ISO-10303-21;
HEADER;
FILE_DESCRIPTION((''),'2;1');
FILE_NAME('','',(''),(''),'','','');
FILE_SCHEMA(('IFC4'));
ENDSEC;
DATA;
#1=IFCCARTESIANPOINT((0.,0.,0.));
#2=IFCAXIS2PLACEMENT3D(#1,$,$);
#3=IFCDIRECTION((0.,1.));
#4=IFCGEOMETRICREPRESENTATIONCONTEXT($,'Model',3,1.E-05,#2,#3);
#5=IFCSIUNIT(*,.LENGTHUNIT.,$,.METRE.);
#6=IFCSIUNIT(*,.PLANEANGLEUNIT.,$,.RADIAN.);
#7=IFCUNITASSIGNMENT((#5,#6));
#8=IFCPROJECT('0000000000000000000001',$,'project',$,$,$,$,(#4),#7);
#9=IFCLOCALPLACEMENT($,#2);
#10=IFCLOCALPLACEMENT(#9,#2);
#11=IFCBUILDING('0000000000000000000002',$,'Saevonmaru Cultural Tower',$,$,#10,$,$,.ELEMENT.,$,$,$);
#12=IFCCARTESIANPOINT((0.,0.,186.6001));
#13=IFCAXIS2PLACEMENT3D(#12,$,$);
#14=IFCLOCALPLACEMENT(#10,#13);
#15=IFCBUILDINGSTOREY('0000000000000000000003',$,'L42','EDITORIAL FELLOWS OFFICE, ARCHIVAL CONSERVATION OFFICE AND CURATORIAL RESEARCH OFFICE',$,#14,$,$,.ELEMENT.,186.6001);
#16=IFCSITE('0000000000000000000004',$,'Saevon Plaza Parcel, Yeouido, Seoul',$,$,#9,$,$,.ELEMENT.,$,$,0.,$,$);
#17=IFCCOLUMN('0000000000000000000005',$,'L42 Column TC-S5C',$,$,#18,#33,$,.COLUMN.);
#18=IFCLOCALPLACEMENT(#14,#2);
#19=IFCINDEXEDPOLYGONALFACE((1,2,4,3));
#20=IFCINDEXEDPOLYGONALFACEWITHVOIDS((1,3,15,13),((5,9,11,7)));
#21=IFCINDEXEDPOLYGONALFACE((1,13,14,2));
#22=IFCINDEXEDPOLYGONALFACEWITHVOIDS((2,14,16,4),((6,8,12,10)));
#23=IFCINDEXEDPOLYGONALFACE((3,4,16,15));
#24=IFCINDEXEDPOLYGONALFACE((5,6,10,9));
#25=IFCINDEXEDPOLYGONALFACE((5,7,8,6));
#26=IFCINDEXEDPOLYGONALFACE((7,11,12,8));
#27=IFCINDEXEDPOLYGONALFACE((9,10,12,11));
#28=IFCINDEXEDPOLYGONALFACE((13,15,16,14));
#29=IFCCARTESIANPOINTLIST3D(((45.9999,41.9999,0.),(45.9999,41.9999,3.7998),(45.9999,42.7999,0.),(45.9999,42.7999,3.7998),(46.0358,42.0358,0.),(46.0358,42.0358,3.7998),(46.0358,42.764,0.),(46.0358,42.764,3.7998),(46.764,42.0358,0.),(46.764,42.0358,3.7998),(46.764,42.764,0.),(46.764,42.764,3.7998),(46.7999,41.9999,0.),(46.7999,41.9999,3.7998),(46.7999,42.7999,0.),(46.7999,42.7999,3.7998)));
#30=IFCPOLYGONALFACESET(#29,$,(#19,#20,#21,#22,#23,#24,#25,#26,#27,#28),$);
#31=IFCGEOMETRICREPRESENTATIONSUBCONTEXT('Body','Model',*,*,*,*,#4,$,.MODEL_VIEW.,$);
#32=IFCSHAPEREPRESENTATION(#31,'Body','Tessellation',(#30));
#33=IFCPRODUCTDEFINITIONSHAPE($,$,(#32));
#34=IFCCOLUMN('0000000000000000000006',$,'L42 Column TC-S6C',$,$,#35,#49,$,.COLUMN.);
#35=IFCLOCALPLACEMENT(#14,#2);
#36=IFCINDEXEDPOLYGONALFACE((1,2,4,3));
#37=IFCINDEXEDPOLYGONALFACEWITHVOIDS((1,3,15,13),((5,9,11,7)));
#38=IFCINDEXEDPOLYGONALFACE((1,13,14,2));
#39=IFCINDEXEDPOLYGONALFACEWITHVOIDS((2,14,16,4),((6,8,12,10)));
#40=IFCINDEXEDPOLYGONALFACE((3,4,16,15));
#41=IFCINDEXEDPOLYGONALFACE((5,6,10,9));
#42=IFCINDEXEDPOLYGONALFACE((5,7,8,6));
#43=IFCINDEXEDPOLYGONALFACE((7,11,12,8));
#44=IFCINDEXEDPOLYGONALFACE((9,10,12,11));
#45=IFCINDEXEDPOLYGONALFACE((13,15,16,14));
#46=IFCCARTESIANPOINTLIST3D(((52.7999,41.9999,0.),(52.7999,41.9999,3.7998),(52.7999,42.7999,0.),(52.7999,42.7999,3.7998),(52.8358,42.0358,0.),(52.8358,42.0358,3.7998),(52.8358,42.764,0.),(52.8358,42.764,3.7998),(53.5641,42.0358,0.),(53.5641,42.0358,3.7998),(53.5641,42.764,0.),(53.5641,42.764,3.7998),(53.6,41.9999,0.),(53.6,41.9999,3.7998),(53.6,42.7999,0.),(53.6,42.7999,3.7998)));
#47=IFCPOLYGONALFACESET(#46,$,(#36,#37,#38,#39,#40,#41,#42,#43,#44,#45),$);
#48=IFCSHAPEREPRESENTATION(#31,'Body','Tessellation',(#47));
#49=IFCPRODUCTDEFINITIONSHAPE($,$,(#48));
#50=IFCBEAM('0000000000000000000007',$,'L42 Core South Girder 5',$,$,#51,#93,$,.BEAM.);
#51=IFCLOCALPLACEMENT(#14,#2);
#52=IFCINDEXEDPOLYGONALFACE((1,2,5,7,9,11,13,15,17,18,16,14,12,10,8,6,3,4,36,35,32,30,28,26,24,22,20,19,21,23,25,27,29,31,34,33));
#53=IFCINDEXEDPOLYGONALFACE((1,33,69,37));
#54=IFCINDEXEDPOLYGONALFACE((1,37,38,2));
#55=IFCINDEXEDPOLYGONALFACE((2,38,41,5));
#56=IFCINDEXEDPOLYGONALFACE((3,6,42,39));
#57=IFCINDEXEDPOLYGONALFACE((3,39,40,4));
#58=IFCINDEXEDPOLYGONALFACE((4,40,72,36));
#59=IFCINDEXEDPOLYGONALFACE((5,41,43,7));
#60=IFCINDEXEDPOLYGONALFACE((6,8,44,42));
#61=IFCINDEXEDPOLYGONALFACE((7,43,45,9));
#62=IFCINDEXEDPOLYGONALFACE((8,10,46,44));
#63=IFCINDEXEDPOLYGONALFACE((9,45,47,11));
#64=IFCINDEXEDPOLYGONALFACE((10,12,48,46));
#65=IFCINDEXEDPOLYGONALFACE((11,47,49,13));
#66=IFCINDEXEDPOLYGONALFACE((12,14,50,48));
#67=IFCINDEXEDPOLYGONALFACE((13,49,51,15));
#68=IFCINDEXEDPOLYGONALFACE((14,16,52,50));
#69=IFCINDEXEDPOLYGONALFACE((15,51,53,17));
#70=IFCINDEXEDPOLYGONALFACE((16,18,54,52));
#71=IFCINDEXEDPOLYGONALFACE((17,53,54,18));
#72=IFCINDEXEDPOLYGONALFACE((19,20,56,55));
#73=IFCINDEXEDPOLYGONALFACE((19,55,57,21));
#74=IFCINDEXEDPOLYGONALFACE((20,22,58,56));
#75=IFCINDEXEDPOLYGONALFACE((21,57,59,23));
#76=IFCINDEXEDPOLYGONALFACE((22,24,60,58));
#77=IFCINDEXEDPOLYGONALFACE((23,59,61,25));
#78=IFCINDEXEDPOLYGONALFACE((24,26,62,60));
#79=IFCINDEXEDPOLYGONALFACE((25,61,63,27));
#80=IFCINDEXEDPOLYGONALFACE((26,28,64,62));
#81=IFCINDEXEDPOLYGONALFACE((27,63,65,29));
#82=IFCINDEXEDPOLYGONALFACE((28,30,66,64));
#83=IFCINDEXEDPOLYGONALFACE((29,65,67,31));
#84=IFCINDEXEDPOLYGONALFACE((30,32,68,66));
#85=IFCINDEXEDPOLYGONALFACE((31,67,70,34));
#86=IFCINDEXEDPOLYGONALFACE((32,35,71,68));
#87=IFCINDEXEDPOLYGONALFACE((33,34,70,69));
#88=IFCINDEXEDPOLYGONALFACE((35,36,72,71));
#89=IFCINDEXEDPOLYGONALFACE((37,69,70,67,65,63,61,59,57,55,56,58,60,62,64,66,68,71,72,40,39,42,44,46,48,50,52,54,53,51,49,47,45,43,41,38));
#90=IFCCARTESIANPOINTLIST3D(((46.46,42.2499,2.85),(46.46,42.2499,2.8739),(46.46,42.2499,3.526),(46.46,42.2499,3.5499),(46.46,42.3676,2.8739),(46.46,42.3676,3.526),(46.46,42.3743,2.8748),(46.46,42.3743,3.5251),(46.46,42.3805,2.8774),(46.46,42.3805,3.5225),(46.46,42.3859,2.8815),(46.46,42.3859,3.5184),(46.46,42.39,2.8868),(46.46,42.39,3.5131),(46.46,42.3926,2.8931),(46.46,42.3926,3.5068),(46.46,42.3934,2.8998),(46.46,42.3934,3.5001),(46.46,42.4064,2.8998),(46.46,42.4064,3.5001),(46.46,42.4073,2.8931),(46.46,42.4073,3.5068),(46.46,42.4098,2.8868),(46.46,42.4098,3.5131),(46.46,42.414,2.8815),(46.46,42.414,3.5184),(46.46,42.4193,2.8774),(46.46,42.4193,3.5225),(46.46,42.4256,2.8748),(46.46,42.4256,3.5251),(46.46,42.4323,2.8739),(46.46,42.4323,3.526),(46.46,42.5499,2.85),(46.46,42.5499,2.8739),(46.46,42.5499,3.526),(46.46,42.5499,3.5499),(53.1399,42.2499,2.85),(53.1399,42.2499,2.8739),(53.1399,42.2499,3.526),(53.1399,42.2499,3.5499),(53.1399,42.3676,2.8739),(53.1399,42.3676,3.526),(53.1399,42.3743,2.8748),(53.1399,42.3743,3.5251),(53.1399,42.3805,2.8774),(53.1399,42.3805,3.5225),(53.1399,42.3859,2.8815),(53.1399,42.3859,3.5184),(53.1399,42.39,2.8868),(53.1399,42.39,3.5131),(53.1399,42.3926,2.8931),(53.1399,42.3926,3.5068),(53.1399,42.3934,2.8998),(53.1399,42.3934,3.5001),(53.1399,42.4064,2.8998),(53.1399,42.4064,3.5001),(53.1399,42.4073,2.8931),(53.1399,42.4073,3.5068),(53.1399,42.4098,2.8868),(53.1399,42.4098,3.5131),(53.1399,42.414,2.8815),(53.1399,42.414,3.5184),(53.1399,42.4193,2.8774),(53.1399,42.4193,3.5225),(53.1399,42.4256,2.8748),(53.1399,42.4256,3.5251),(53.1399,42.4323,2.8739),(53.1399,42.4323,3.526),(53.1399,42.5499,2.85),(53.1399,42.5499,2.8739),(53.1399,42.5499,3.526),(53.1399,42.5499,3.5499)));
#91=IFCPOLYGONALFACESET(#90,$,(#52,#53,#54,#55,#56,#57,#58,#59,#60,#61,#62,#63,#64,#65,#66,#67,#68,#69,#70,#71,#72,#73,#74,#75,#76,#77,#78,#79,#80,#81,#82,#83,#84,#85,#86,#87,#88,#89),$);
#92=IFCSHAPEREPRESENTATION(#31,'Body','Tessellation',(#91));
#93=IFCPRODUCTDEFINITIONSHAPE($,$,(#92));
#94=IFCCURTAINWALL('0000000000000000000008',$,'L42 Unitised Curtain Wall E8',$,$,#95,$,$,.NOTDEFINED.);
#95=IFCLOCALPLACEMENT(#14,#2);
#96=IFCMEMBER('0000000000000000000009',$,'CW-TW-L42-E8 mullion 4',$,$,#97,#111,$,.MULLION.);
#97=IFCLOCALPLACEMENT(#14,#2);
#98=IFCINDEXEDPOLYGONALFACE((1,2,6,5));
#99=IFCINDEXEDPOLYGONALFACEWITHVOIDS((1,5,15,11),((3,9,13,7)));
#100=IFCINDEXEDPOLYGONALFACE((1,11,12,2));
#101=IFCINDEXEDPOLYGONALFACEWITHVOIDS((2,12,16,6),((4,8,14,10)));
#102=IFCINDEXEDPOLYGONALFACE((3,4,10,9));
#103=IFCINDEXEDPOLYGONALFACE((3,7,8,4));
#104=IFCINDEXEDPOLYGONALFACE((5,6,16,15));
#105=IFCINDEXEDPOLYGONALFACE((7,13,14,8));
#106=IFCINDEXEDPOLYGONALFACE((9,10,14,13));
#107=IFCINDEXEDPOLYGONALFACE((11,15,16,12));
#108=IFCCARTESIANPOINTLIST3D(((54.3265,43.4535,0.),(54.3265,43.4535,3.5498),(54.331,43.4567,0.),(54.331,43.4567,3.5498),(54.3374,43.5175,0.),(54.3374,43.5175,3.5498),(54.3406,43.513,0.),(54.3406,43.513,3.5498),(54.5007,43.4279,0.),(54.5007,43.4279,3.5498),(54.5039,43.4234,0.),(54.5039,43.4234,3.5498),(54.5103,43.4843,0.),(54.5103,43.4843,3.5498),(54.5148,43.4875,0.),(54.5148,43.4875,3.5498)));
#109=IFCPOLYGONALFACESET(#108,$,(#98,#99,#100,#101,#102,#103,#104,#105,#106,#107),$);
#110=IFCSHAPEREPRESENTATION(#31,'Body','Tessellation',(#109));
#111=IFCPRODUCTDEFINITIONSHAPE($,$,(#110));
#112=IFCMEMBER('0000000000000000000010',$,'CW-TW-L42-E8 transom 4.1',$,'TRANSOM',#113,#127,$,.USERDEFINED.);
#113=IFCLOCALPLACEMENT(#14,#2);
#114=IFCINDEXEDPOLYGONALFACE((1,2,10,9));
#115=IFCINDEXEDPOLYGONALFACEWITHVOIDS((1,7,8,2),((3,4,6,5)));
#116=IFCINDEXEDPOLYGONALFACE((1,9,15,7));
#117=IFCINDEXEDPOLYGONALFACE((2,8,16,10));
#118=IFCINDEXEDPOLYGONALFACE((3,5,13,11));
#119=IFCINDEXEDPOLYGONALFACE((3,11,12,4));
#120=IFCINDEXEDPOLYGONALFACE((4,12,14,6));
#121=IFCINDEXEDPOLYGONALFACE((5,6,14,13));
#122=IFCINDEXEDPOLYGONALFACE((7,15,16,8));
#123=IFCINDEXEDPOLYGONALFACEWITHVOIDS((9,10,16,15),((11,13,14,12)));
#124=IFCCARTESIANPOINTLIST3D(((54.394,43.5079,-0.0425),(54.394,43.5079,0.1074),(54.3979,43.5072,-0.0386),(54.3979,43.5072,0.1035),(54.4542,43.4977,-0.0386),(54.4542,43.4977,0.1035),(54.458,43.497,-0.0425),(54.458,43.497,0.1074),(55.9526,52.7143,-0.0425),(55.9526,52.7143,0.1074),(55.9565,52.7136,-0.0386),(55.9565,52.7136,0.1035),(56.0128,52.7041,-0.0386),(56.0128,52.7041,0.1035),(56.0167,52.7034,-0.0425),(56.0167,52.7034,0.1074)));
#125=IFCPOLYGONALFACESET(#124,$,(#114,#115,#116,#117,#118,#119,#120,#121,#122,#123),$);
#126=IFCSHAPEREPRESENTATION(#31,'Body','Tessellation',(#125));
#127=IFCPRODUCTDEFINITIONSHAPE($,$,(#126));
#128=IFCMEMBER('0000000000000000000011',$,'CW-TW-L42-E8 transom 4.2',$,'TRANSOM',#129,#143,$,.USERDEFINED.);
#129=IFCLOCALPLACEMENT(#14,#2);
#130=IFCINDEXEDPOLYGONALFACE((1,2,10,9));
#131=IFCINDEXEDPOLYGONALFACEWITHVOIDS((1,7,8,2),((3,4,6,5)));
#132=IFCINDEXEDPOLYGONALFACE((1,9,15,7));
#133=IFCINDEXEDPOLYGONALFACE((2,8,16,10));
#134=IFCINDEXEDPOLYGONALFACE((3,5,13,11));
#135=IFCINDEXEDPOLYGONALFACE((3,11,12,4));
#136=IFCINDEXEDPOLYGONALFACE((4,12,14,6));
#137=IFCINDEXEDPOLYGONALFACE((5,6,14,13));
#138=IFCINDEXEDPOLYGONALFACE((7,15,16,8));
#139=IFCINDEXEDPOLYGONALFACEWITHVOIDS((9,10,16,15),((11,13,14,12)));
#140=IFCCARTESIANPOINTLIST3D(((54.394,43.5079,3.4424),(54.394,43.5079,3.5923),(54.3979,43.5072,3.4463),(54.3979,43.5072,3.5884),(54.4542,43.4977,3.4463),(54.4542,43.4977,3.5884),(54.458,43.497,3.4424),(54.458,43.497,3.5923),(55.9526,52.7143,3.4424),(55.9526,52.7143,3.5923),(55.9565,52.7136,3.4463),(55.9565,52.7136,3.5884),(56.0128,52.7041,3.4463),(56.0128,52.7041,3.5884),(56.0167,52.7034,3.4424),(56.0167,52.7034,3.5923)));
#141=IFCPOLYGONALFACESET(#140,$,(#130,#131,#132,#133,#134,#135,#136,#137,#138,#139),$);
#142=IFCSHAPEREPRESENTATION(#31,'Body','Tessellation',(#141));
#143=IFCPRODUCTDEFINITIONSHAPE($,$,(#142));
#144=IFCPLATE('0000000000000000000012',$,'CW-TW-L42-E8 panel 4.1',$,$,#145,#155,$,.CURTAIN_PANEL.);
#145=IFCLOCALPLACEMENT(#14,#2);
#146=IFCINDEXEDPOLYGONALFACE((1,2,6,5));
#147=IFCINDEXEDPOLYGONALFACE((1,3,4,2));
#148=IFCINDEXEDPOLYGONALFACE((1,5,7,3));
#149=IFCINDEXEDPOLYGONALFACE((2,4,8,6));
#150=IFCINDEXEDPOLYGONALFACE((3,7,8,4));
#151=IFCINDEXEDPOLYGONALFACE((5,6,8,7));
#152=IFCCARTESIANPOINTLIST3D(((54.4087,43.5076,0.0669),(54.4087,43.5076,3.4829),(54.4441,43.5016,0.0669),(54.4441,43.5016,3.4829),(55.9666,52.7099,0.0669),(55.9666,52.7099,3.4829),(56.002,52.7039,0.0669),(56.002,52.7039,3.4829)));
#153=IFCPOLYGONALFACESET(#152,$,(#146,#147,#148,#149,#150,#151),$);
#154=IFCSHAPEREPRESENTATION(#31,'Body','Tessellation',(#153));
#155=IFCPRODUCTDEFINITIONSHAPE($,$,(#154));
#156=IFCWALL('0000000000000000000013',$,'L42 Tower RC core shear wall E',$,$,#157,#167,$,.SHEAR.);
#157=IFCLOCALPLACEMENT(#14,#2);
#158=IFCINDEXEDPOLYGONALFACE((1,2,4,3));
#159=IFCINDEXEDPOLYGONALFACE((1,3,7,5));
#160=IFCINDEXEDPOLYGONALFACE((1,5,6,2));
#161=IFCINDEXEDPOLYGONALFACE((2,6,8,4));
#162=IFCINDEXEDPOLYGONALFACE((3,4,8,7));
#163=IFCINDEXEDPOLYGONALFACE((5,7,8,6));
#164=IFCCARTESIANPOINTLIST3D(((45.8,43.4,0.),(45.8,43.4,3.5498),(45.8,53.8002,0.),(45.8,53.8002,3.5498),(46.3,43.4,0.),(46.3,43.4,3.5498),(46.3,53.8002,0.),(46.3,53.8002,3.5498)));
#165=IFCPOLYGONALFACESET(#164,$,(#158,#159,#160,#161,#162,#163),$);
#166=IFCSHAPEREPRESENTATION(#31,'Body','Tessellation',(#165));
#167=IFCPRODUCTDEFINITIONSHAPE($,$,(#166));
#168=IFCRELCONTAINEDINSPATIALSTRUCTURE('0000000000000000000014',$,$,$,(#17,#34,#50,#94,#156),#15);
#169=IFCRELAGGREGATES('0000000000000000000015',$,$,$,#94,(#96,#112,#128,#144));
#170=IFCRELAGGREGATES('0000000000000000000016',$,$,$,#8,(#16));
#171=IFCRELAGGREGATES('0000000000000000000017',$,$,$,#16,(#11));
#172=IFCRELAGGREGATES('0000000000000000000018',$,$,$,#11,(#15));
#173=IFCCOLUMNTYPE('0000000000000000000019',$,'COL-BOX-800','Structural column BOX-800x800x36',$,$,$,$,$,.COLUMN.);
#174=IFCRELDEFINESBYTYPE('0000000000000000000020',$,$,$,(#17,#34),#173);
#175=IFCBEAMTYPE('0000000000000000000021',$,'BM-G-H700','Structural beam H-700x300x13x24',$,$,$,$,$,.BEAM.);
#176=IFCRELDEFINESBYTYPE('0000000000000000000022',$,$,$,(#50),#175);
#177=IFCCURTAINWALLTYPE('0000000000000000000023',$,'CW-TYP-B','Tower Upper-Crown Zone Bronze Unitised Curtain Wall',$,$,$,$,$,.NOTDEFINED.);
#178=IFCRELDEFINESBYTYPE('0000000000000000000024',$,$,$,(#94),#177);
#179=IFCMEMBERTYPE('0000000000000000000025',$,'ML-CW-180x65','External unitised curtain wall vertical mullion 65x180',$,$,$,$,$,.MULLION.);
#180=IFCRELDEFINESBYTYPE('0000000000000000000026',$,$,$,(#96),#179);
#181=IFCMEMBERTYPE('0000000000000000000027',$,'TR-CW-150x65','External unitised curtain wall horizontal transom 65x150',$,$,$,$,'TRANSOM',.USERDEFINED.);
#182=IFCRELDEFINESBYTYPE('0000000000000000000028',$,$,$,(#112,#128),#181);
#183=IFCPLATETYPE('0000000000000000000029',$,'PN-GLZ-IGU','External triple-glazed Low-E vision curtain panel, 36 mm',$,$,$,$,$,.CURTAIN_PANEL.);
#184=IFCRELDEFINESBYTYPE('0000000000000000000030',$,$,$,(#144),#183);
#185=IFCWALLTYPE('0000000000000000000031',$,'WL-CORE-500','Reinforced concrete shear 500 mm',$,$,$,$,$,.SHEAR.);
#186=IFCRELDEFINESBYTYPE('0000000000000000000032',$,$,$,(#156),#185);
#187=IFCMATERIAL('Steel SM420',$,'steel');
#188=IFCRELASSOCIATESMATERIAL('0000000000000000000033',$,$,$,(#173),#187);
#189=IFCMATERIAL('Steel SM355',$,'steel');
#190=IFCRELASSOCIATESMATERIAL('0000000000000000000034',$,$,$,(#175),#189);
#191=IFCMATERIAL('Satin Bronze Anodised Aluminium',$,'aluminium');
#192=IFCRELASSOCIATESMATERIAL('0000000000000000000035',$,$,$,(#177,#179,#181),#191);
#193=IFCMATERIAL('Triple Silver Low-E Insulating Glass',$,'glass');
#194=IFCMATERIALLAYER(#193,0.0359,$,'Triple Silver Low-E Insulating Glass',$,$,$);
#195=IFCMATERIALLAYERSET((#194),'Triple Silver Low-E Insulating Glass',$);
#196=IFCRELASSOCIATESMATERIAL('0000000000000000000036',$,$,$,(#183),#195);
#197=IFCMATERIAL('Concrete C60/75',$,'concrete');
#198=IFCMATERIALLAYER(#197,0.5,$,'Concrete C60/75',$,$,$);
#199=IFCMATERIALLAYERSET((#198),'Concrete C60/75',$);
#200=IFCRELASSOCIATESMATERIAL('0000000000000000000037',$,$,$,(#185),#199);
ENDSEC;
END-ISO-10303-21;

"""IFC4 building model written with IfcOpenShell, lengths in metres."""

from ifc_helpers import new_model, si_unit, direction, frame, frame_2d, origin, origin_2d, place, context, subcontext, project, spatial, rectangle, hollow_rectangle, i_section, extrude, material, layer, layer_set, material_profile, profile_set, type_object, element, aggregate, save


model = new_model("IFC4")

# Units and contexts
model_context = context("Model", 3, precision=1e-05, world=origin(), true_north=direction((0.0, 1.0)))
body_context = subcontext(model_context, "Body", "Model", "MODEL_VIEW")
ifc_project = project(units=[si_unit("LENGTHUNIT", "METRE"), si_unit("PLANEANGLEUNIT", "RADIAN")], contexts=[model_context])

# Site, building, storey
site_placement = place(None, origin())
site = spatial("IfcSite", under=ifc_project, at=site_placement, Name="Saevon Plaza Parcel, Yeouido, Seoul", CompositionType="ELEMENT", RefElevation=0.0)
building_placement = place(site_placement, origin())
building = spatial("IfcBuilding", under=site, at=building_placement, Name="Saevonmaru Cultural Tower", CompositionType="ELEMENT")
storey_placement = place(building_placement, frame((0.0, 0.0, 186.6001)))
storey = spatial("IfcBuildingStorey", under=building, at=storey_placement, Name="L42", Description="EDITORIAL FELLOWS OFFICE, ARCHIVAL CONSERVATION OFFICE AND CURATORIAL RESEARCH OFFICE", CompositionType="ELEMENT", Elevation=186.6001)

# Columns
ifc_material_1 = material(Name="Steel SM420", Category="steel")
ifc_material_profile_1 = material_profile(ifc_material_1, hollow_rectangle(XDim=0.8, YDim=0.8, WallThickness=0.0359, at=origin_2d()), Name="BOX-800x800x36")
ifc_profile_set_1 = profile_set([ifc_material_profile_1], Name="Steel SM420")
column_type = type_object("IfcColumnType", Name="COL-BOX-800", Description="Structural column BOX-800x800x36", PredefinedType="COLUMN", material=ifc_profile_set_1)
for number, where, z_axis, x_axis, name in (
    (1, (46.3999, 42.3999, 0.0), (0.0, 0.0, 1.0), (1.0, 0.0, 0.0), "L42 Column TC-S5C"),
    (2, (53.2, 42.3999, 0.0), (0.0, 0.0, 1.0), (1.0, 0.0, 0.0), "L42 Column TC-S6C"),
):
    element("IfcColumn", number, at=place(storey_placement, frame(where, z_axis=z_axis, x_axis=x_axis)), inside=storey, type_object=column_type, Name=name, PredefinedType="COLUMN", context=body_context, shape_type="SweptSolid", body=[
        extrude(hollow_rectangle(XDim=0.8, YDim=0.8, WallThickness=0.0359, at=origin_2d()), origin(), (0.0, 0.0, 1.0), 3.7998),
    ])

# Beam
ifc_material_2 = material(Name="Steel SM355", Category="steel")
ifc_material_profile_2 = material_profile(ifc_material_2, i_section(OverallWidth=0.3, OverallDepth=0.7, WebThickness=0.0129, FlangeThickness=0.0239, FilletRadius=0.0259, at=origin_2d()), Name="H-700x300x13x24")
ifc_profile_set_2 = profile_set([ifc_material_profile_2], Name="Steel SM355")
beam_type = type_object("IfcBeamType", Name="BM-G-H700", Description="Structural beam H-700x300x13x24", PredefinedType="BEAM", material=ifc_profile_set_2)
beam_placement = place(storey_placement, frame((46.46, 42.3999, 3.2), z_axis=(1.0, 0.0, 0.0), x_axis=(0.0, 1.0, 0.0)))
element("IfcBeam", 3, at=beam_placement, inside=storey, type_object=beam_type, Name="L42 Core South Girder 5", PredefinedType="BEAM", context=body_context, shape_type="SweptSolid", body=[
    extrude(i_section(OverallWidth=0.3, OverallDepth=0.7, WebThickness=0.0129, FlangeThickness=0.0239, FilletRadius=0.0259, at=origin_2d()), origin(), (0.0, 0.0, 1.0), 6.6799),
])

# Curtain wall, members, plate
ifc_material_3 = material(Name="Satin Bronze Anodised Aluminium", Category="aluminium")
curtain_wall_type = type_object("IfcCurtainWallType", Name="CW-TYP-B", Description="Tower Upper-Crown Zone Bronze Unitised Curtain Wall", PredefinedType="NOTDEFINED", material=ifc_material_3)
curtain_wall_placement = place(storey_placement, origin())
curtain_wall = element("IfcCurtainWall", 4, at=curtain_wall_placement, inside=storey, type_object=curtain_wall_type, Name="L42 Unitised Curtain Wall E8", PredefinedType="NOTDEFINED")
ifc_material_profile_3 = material_profile(ifc_material_3, hollow_rectangle(XDim=0.0649, YDim=0.1799, WallThickness=0.0039, at=origin_2d()), Name="ALU-MULL-180x65x4")
ifc_profile_set_3 = profile_set([ifc_material_profile_3], Name="Satin Bronze Anodised Aluminium")
member_type_1 = type_object("IfcMemberType", Name="ML-CW-180x65", Description="External unitised curtain wall vertical mullion 65x180", PredefinedType="MULLION", material=ifc_profile_set_3)
member_1_placement = place(storey_placement, frame((54.4207, 43.4705, 0.0), z_axis=(0.0, 0.0, 1.0), x_axis=(0.166922, 0.98597, 0.0)))
member_1 = element("IfcMember", 5, at=member_1_placement, type_object=member_type_1, Name="CW-TW-L42-E8 mullion 4", PredefinedType="MULLION", context=body_context, shape_type="SweptSolid", body=[
    extrude(hollow_rectangle(XDim=0.0649, YDim=0.1799, WallThickness=0.0039, at=origin_2d()), origin(), (0.0, 0.0, 1.0), 3.5498),
])
ifc_material_profile_4 = material_profile(ifc_material_3, hollow_rectangle(XDim=0.0649, YDim=0.1499, WallThickness=0.0039, at=origin_2d()), Name="ALU-TRAN-150x65x4")
ifc_profile_set_4 = profile_set([ifc_material_profile_4], Name="Satin Bronze Anodised Aluminium")
member_type_2 = type_object("IfcMemberType", Name="TR-CW-150x65", Description="External unitised curtain wall horizontal transom 65x150", ElementType="TRANSOM", PredefinedType="USERDEFINED", material=ifc_profile_set_4)
member_2_placement = place(storey_placement, frame((54.426, 43.5024, 0.0325), z_axis=(0.166921, 0.98597, 0.0), x_axis=(-0.98597, 0.166921, 0.0)))
member_2 = element("IfcMember", 6, at=member_2_placement, type_object=member_type_2, Name="CW-TW-L42-E8 transom 4.1", ObjectType="TRANSOM", PredefinedType="USERDEFINED", context=body_context, shape_type="SweptSolid", body=[
    extrude(hollow_rectangle(XDim=0.0649, YDim=0.1499, WallThickness=0.0039, at=origin_2d()), origin(), (0.0, 0.0, 1.0), 9.3374),
])
member_3_placement = place(storey_placement, frame((54.426, 43.5024, 3.5173), z_axis=(0.166921, 0.98597, 0.0), x_axis=(-0.98597, 0.166921, 0.0)))
member_3 = element("IfcMember", 7, at=member_3_placement, type_object=member_type_2, Name="CW-TW-L42-E8 transom 4.2", ObjectType="TRANSOM", PredefinedType="USERDEFINED", context=body_context, shape_type="SweptSolid", body=[
    extrude(hollow_rectangle(XDim=0.0649, YDim=0.1499, WallThickness=0.0039, at=origin_2d()), origin(), (0.0, 0.0, 1.0), 9.3374),
])
ifc_material_4 = material(Name="Triple Silver Low-E Insulating Glass", Category="glass")
ifc_layer_1 = layer(ifc_material_4, 0.0359, Name="Triple Silver Low-E Insulating Glass")
ifc_layer_set_1 = layer_set([ifc_layer_1], Name="Triple Silver Low-E Insulating Glass")
plate_type = type_object("IfcPlateType", Name="PN-GLZ-IGU", Description="External triple-glazed Low-E vision curtain panel, 36 mm", PredefinedType="CURTAIN_PANEL", material=ifc_layer_set_1)
plate_placement = place(storey_placement, frame((55.2053, 48.1057, 0.0669), z_axis=(0.0, 0.0, 1.0), x_axis=(0.166922, 0.98597, 0.0)))
plate = element("IfcPlate", 8, at=plate_placement, type_object=plate_type, Name="CW-TW-L42-E8 panel 4.1", PredefinedType="CURTAIN_PANEL", context=body_context, shape_type="SweptSolid", body=[
    extrude(rectangle(XDim=9.3333, YDim=0.0359, at=origin_2d()), origin(), (0.0, 0.0, 1.0), 3.416),
])
aggregate(curtain_wall, [member_1, member_2, member_3, plate])

# Wall
ifc_material_5 = material(Name="Concrete C60/75", Category="concrete")
ifc_layer_2 = layer(ifc_material_5, 0.5, Name="Concrete C60/75")
ifc_layer_set_2 = layer_set([ifc_layer_2], Name="Concrete C60/75")
wall_type_1 = type_object("IfcWallType", Name="WL-CORE-500", Description="Reinforced concrete shear 500 mm", PredefinedType="SHEAR", material=ifc_layer_set_2)
wall_1_placement = place(storey_placement, frame((46.05, 43.3999, 0.0), z_axis=(0.0, 0.0, 1.0), x_axis=(0.0, 1.0, 0.0)))
element("IfcWall", 9, at=wall_1_placement, inside=storey, type_object=wall_type_1, Name="L42 Tower RC core shear wall E", PredefinedType="SHEAR", context=body_context, shape_type="SweptSolid", body=[
    extrude(rectangle(XDim=10.4001, YDim=0.5, at=frame_2d((5.2002, 0.0))), origin(), (0.0, 0.0, 1.0), 3.5498),
])

save(model, "model.ifc")
